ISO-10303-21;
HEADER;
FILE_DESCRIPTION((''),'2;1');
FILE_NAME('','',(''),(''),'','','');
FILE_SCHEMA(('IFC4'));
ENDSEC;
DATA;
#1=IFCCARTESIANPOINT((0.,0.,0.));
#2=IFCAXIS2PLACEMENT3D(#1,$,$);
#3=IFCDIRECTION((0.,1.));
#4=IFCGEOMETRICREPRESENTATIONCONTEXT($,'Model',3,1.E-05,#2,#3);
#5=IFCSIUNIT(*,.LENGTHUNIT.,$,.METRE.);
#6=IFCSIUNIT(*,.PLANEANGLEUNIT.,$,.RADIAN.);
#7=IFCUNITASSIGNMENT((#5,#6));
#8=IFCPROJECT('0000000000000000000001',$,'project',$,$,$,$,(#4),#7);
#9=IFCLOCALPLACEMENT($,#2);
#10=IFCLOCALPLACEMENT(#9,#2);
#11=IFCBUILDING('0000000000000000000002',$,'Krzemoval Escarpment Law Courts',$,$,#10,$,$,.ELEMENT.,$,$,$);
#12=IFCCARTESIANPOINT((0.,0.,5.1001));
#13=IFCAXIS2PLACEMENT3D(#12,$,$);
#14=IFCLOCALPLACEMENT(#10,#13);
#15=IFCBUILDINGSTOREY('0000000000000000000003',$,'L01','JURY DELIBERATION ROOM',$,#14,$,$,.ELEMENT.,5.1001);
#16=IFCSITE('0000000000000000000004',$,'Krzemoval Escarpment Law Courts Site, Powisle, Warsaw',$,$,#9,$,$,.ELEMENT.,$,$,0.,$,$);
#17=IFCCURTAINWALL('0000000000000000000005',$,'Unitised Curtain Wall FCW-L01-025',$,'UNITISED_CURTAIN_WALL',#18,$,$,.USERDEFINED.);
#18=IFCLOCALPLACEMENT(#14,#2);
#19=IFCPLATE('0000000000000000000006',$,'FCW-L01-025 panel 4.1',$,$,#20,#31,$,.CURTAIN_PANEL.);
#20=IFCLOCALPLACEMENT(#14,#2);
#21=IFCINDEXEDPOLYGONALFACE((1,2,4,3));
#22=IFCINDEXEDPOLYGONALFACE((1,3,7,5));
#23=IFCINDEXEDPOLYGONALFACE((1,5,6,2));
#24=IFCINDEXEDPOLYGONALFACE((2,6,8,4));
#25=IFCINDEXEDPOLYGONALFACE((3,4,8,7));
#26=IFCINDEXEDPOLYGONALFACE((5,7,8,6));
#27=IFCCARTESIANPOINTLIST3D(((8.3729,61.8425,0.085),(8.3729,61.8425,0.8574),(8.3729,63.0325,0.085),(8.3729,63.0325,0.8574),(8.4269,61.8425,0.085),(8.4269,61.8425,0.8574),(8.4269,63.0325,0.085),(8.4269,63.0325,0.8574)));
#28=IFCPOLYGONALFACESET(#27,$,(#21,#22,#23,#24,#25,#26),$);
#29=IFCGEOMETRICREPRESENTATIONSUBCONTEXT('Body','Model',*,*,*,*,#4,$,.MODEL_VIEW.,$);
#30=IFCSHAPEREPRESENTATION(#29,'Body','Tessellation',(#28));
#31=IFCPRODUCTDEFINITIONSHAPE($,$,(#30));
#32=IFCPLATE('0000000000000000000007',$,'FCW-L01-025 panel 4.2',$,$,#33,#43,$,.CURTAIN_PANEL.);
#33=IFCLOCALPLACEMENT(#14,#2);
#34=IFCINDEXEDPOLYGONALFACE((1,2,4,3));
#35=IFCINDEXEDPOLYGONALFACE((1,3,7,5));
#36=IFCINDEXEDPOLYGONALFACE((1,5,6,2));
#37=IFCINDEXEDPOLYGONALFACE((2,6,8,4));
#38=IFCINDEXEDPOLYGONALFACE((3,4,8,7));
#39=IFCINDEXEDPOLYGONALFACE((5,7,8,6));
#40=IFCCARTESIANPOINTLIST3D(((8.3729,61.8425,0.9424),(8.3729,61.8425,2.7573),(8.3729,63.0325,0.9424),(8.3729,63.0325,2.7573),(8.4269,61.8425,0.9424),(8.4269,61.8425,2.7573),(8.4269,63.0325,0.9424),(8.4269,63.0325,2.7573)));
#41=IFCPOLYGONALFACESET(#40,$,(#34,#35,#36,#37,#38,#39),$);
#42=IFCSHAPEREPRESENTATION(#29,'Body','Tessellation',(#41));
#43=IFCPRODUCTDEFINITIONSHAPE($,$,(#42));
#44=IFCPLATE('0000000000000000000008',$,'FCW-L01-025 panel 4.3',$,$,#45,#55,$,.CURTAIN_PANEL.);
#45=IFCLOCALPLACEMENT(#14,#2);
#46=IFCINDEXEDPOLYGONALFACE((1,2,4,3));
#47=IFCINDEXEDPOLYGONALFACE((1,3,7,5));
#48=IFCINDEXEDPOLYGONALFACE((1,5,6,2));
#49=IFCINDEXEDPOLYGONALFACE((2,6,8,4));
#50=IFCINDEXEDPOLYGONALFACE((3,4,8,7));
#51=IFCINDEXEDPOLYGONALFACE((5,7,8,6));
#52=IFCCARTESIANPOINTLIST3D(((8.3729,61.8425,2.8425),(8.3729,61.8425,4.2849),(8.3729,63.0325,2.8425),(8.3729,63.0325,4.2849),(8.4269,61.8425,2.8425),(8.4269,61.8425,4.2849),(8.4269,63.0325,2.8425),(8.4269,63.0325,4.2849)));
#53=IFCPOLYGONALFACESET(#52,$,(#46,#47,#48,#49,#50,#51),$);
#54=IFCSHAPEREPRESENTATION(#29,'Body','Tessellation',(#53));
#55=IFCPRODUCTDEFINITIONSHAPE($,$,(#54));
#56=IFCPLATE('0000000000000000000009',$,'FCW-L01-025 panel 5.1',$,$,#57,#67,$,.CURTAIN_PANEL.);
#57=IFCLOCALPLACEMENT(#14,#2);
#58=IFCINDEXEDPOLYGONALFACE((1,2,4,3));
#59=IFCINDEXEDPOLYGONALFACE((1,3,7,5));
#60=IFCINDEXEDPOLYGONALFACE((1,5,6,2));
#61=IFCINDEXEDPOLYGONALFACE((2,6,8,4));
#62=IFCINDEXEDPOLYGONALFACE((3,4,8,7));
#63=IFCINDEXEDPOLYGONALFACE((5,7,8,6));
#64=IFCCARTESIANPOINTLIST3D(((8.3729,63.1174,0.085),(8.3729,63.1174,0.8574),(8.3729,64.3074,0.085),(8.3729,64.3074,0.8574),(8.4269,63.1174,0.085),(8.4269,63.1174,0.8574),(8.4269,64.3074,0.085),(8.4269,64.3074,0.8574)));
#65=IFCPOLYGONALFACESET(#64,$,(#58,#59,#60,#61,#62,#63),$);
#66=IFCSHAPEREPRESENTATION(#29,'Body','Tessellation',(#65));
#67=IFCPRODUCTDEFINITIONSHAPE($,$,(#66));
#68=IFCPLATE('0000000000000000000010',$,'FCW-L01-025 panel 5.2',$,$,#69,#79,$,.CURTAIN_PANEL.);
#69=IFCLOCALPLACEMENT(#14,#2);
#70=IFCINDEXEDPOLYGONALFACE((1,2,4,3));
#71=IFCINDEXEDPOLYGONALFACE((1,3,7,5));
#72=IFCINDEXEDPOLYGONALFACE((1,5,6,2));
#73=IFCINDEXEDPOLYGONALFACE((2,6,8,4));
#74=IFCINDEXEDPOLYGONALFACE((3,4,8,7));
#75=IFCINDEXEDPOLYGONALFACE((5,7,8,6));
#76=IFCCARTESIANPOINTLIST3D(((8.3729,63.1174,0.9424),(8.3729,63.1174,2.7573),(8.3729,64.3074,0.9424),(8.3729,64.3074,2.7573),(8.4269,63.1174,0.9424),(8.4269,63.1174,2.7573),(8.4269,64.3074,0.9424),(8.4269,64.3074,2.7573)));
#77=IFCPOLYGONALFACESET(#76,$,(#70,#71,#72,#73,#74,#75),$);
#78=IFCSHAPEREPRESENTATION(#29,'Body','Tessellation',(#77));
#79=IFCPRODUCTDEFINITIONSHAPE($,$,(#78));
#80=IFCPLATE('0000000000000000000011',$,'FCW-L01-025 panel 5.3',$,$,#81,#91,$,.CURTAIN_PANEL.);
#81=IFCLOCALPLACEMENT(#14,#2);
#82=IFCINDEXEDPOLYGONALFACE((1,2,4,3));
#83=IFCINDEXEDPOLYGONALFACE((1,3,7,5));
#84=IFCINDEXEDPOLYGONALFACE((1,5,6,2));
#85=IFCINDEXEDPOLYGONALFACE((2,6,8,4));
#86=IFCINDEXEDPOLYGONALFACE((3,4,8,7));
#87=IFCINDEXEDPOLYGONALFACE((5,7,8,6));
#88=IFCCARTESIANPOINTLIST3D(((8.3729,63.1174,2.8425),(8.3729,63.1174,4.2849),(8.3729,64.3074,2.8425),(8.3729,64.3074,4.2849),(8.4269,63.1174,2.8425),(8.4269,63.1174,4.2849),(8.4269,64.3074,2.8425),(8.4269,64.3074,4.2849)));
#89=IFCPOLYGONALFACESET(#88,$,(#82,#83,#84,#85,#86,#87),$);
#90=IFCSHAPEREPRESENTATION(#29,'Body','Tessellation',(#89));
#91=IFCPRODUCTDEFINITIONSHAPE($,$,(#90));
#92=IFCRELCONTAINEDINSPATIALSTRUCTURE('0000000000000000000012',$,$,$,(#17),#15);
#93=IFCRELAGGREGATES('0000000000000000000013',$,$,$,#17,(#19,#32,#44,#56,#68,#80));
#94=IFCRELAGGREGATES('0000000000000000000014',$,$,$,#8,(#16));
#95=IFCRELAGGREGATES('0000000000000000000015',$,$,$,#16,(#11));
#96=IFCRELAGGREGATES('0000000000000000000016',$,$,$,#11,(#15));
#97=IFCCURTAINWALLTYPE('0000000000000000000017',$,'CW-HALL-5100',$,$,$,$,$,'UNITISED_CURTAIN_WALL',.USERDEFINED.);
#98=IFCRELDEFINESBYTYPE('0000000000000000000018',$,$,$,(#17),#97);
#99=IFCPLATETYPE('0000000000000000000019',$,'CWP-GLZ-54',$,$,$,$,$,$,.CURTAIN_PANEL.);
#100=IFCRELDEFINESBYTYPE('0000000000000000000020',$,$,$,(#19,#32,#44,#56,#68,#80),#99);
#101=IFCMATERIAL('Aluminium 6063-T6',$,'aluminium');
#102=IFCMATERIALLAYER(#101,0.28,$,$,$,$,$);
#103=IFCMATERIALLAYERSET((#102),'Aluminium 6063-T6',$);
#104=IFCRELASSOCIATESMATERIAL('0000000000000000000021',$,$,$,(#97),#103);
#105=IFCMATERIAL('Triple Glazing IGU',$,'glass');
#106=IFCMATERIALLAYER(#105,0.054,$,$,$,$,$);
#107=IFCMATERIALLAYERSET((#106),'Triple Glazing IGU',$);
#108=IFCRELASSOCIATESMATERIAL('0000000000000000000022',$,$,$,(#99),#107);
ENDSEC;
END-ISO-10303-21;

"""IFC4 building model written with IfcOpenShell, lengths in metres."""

from ifc_helpers import new_model, si_unit, direction, frame, origin, origin_2d, place, context, subcontext, project, spatial, rectangle, extrude, material, layer, layer_set, type_object, element, aggregate, save


model = new_model("IFC4")

# Units and contexts
model_context = context("Model", 3, precision=1e-05, world=origin(), true_north=direction((0.0, 1.0)))
body_context = subcontext(model_context, "Body", "Model", "MODEL_VIEW")
ifc_project = project(units=[si_unit("LENGTHUNIT", "METRE"), si_unit("PLANEANGLEUNIT", "RADIAN")], contexts=[model_context])

# Site, building, storey
site_placement = place(None, origin())
site = spatial("IfcSite", under=ifc_project, at=site_placement, Name="Krzemoval Escarpment Law Courts Site, Powisle, Warsaw", CompositionType="ELEMENT", RefElevation=0.0)
building_placement = place(site_placement, origin())
building = spatial("IfcBuilding", under=site, at=building_placement, Name="Krzemoval Escarpment Law Courts", CompositionType="ELEMENT")
storey_placement = place(building_placement, frame((0.0, 0.0, 5.1001)))
storey = spatial("IfcBuildingStorey", under=building, at=storey_placement, Name="L01", Description="JURY DELIBERATION ROOM", CompositionType="ELEMENT", Elevation=5.1001)

# Curtain wall
ifc_material_1 = material(Name="Aluminium 6063-T6", Category="aluminium")
ifc_layer_1 = layer(ifc_material_1, 0.28)
ifc_layer_set_1 = layer_set([ifc_layer_1], Name="Aluminium 6063-T6")
curtain_wall_type = type_object("IfcCurtainWallType", Name="CW-HALL-5100", ElementType="UNITISED_CURTAIN_WALL", PredefinedType="USERDEFINED", material=ifc_layer_set_1)
curtain_wall_placement = place(storey_placement, origin())
curtain_wall = element("IfcCurtainWall", 1, at=curtain_wall_placement, inside=storey, type_object=curtain_wall_type, Name="Unitised Curtain Wall FCW-L01-025", ObjectType="UNITISED_CURTAIN_WALL", PredefinedType="USERDEFINED")

# Plates
ifc_material_2 = material(Name="Triple Glazing IGU", Category="glass")
ifc_layer_2 = layer(ifc_material_2, 0.054)
ifc_layer_set_2 = layer_set([ifc_layer_2], Name="Triple Glazing IGU")
plate_type = type_object("IfcPlateType", Name="CWP-GLZ-54", PredefinedType="CURTAIN_PANEL", material=ifc_layer_set_2)
plate_1_placement = place(storey_placement, frame((8.3999, 62.4375, 0.085), z_axis=(0.0, 0.0, 1.0), x_axis=(0.0, 1.0, 0.0)))
plate_1 = element("IfcPlate", 2, at=plate_1_placement, type_object=plate_type, Name="FCW-L01-025 panel 4.1", PredefinedType="CURTAIN_PANEL", context=body_context, shape_type="SweptSolid", body=[
    extrude(rectangle(XDim=1.1899, YDim=0.054, at=origin_2d()), origin(), (0.0, 0.0, 1.0), 0.7725),
])
plate_2_placement = place(storey_placement, frame((8.3999, 62.4375, 0.9424), z_axis=(0.0, 0.0, 1.0), x_axis=(0.0, 1.0, 0.0)))
plate_2 = element("IfcPlate", 3, at=plate_2_placement, type_object=plate_type, Name="FCW-L01-025 panel 4.2", PredefinedType="CURTAIN_PANEL", context=body_context, shape_type="SweptSolid", body=[
    extrude(rectangle(XDim=1.1899, YDim=0.054, at=origin_2d()), origin(), (0.0, 0.0, 1.0), 1.8149),
])
plate_3_placement = place(storey_placement, frame((8.3999, 62.4375, 2.8425), z_axis=(0.0, 0.0, 1.0), x_axis=(0.0, 1.0, 0.0)))
plate_3 = element("IfcPlate", 4, at=plate_3_placement, type_object=plate_type, Name="FCW-L01-025 panel 4.3", PredefinedType="CURTAIN_PANEL", context=body_context, shape_type="SweptSolid", body=[
    extrude(rectangle(XDim=1.1899, YDim=0.054, at=origin_2d()), origin(), (0.0, 0.0, 1.0), 1.4424),
])
plate_4_placement = place(storey_placement, frame((8.3999, 63.7124, 0.085), z_axis=(0.0, 0.0, 1.0), x_axis=(0.0, 1.0, 0.0)))
plate_4 = element("IfcPlate", 5, at=plate_4_placement, type_object=plate_type, Name="FCW-L01-025 panel 5.1", PredefinedType="CURTAIN_PANEL", context=body_context, shape_type="SweptSolid", body=[
    extrude(rectangle(XDim=1.1899, YDim=0.054, at=origin_2d()), origin(), (0.0, 0.0, 1.0), 0.7725),
])
plate_5_placement = place(storey_placement, frame((8.3999, 63.7124, 0.9424), z_axis=(0.0, 0.0, 1.0), x_axis=(0.0, 1.0, 0.0)))
plate_5 = element("IfcPlate", 6, at=plate_5_placement, type_object=plate_type, Name="FCW-L01-025 panel 5.2", PredefinedType="CURTAIN_PANEL", context=body_context, shape_type="SweptSolid", body=[
    extrude(rectangle(XDim=1.1899, YDim=0.054, at=origin_2d()), origin(), (0.0, 0.0, 1.0), 1.8149),
])
plate_6_placement = place(storey_placement, frame((8.3999, 63.7124, 2.8425), z_axis=(0.0, 0.0, 1.0), x_axis=(0.0, 1.0, 0.0)))
plate_6 = element("IfcPlate", 7, at=plate_6_placement, type_object=plate_type, Name="FCW-L01-025 panel 5.3", PredefinedType="CURTAIN_PANEL", context=body_context, shape_type="SweptSolid", body=[
    extrude(rectangle(XDim=1.1899, YDim=0.054, at=origin_2d()), origin(), (0.0, 0.0, 1.0), 1.4424),
])
aggregate(curtain_wall, [plate_1, plate_2, plate_3, plate_4, plate_5, plate_6])

save(model, "model.ifc")
